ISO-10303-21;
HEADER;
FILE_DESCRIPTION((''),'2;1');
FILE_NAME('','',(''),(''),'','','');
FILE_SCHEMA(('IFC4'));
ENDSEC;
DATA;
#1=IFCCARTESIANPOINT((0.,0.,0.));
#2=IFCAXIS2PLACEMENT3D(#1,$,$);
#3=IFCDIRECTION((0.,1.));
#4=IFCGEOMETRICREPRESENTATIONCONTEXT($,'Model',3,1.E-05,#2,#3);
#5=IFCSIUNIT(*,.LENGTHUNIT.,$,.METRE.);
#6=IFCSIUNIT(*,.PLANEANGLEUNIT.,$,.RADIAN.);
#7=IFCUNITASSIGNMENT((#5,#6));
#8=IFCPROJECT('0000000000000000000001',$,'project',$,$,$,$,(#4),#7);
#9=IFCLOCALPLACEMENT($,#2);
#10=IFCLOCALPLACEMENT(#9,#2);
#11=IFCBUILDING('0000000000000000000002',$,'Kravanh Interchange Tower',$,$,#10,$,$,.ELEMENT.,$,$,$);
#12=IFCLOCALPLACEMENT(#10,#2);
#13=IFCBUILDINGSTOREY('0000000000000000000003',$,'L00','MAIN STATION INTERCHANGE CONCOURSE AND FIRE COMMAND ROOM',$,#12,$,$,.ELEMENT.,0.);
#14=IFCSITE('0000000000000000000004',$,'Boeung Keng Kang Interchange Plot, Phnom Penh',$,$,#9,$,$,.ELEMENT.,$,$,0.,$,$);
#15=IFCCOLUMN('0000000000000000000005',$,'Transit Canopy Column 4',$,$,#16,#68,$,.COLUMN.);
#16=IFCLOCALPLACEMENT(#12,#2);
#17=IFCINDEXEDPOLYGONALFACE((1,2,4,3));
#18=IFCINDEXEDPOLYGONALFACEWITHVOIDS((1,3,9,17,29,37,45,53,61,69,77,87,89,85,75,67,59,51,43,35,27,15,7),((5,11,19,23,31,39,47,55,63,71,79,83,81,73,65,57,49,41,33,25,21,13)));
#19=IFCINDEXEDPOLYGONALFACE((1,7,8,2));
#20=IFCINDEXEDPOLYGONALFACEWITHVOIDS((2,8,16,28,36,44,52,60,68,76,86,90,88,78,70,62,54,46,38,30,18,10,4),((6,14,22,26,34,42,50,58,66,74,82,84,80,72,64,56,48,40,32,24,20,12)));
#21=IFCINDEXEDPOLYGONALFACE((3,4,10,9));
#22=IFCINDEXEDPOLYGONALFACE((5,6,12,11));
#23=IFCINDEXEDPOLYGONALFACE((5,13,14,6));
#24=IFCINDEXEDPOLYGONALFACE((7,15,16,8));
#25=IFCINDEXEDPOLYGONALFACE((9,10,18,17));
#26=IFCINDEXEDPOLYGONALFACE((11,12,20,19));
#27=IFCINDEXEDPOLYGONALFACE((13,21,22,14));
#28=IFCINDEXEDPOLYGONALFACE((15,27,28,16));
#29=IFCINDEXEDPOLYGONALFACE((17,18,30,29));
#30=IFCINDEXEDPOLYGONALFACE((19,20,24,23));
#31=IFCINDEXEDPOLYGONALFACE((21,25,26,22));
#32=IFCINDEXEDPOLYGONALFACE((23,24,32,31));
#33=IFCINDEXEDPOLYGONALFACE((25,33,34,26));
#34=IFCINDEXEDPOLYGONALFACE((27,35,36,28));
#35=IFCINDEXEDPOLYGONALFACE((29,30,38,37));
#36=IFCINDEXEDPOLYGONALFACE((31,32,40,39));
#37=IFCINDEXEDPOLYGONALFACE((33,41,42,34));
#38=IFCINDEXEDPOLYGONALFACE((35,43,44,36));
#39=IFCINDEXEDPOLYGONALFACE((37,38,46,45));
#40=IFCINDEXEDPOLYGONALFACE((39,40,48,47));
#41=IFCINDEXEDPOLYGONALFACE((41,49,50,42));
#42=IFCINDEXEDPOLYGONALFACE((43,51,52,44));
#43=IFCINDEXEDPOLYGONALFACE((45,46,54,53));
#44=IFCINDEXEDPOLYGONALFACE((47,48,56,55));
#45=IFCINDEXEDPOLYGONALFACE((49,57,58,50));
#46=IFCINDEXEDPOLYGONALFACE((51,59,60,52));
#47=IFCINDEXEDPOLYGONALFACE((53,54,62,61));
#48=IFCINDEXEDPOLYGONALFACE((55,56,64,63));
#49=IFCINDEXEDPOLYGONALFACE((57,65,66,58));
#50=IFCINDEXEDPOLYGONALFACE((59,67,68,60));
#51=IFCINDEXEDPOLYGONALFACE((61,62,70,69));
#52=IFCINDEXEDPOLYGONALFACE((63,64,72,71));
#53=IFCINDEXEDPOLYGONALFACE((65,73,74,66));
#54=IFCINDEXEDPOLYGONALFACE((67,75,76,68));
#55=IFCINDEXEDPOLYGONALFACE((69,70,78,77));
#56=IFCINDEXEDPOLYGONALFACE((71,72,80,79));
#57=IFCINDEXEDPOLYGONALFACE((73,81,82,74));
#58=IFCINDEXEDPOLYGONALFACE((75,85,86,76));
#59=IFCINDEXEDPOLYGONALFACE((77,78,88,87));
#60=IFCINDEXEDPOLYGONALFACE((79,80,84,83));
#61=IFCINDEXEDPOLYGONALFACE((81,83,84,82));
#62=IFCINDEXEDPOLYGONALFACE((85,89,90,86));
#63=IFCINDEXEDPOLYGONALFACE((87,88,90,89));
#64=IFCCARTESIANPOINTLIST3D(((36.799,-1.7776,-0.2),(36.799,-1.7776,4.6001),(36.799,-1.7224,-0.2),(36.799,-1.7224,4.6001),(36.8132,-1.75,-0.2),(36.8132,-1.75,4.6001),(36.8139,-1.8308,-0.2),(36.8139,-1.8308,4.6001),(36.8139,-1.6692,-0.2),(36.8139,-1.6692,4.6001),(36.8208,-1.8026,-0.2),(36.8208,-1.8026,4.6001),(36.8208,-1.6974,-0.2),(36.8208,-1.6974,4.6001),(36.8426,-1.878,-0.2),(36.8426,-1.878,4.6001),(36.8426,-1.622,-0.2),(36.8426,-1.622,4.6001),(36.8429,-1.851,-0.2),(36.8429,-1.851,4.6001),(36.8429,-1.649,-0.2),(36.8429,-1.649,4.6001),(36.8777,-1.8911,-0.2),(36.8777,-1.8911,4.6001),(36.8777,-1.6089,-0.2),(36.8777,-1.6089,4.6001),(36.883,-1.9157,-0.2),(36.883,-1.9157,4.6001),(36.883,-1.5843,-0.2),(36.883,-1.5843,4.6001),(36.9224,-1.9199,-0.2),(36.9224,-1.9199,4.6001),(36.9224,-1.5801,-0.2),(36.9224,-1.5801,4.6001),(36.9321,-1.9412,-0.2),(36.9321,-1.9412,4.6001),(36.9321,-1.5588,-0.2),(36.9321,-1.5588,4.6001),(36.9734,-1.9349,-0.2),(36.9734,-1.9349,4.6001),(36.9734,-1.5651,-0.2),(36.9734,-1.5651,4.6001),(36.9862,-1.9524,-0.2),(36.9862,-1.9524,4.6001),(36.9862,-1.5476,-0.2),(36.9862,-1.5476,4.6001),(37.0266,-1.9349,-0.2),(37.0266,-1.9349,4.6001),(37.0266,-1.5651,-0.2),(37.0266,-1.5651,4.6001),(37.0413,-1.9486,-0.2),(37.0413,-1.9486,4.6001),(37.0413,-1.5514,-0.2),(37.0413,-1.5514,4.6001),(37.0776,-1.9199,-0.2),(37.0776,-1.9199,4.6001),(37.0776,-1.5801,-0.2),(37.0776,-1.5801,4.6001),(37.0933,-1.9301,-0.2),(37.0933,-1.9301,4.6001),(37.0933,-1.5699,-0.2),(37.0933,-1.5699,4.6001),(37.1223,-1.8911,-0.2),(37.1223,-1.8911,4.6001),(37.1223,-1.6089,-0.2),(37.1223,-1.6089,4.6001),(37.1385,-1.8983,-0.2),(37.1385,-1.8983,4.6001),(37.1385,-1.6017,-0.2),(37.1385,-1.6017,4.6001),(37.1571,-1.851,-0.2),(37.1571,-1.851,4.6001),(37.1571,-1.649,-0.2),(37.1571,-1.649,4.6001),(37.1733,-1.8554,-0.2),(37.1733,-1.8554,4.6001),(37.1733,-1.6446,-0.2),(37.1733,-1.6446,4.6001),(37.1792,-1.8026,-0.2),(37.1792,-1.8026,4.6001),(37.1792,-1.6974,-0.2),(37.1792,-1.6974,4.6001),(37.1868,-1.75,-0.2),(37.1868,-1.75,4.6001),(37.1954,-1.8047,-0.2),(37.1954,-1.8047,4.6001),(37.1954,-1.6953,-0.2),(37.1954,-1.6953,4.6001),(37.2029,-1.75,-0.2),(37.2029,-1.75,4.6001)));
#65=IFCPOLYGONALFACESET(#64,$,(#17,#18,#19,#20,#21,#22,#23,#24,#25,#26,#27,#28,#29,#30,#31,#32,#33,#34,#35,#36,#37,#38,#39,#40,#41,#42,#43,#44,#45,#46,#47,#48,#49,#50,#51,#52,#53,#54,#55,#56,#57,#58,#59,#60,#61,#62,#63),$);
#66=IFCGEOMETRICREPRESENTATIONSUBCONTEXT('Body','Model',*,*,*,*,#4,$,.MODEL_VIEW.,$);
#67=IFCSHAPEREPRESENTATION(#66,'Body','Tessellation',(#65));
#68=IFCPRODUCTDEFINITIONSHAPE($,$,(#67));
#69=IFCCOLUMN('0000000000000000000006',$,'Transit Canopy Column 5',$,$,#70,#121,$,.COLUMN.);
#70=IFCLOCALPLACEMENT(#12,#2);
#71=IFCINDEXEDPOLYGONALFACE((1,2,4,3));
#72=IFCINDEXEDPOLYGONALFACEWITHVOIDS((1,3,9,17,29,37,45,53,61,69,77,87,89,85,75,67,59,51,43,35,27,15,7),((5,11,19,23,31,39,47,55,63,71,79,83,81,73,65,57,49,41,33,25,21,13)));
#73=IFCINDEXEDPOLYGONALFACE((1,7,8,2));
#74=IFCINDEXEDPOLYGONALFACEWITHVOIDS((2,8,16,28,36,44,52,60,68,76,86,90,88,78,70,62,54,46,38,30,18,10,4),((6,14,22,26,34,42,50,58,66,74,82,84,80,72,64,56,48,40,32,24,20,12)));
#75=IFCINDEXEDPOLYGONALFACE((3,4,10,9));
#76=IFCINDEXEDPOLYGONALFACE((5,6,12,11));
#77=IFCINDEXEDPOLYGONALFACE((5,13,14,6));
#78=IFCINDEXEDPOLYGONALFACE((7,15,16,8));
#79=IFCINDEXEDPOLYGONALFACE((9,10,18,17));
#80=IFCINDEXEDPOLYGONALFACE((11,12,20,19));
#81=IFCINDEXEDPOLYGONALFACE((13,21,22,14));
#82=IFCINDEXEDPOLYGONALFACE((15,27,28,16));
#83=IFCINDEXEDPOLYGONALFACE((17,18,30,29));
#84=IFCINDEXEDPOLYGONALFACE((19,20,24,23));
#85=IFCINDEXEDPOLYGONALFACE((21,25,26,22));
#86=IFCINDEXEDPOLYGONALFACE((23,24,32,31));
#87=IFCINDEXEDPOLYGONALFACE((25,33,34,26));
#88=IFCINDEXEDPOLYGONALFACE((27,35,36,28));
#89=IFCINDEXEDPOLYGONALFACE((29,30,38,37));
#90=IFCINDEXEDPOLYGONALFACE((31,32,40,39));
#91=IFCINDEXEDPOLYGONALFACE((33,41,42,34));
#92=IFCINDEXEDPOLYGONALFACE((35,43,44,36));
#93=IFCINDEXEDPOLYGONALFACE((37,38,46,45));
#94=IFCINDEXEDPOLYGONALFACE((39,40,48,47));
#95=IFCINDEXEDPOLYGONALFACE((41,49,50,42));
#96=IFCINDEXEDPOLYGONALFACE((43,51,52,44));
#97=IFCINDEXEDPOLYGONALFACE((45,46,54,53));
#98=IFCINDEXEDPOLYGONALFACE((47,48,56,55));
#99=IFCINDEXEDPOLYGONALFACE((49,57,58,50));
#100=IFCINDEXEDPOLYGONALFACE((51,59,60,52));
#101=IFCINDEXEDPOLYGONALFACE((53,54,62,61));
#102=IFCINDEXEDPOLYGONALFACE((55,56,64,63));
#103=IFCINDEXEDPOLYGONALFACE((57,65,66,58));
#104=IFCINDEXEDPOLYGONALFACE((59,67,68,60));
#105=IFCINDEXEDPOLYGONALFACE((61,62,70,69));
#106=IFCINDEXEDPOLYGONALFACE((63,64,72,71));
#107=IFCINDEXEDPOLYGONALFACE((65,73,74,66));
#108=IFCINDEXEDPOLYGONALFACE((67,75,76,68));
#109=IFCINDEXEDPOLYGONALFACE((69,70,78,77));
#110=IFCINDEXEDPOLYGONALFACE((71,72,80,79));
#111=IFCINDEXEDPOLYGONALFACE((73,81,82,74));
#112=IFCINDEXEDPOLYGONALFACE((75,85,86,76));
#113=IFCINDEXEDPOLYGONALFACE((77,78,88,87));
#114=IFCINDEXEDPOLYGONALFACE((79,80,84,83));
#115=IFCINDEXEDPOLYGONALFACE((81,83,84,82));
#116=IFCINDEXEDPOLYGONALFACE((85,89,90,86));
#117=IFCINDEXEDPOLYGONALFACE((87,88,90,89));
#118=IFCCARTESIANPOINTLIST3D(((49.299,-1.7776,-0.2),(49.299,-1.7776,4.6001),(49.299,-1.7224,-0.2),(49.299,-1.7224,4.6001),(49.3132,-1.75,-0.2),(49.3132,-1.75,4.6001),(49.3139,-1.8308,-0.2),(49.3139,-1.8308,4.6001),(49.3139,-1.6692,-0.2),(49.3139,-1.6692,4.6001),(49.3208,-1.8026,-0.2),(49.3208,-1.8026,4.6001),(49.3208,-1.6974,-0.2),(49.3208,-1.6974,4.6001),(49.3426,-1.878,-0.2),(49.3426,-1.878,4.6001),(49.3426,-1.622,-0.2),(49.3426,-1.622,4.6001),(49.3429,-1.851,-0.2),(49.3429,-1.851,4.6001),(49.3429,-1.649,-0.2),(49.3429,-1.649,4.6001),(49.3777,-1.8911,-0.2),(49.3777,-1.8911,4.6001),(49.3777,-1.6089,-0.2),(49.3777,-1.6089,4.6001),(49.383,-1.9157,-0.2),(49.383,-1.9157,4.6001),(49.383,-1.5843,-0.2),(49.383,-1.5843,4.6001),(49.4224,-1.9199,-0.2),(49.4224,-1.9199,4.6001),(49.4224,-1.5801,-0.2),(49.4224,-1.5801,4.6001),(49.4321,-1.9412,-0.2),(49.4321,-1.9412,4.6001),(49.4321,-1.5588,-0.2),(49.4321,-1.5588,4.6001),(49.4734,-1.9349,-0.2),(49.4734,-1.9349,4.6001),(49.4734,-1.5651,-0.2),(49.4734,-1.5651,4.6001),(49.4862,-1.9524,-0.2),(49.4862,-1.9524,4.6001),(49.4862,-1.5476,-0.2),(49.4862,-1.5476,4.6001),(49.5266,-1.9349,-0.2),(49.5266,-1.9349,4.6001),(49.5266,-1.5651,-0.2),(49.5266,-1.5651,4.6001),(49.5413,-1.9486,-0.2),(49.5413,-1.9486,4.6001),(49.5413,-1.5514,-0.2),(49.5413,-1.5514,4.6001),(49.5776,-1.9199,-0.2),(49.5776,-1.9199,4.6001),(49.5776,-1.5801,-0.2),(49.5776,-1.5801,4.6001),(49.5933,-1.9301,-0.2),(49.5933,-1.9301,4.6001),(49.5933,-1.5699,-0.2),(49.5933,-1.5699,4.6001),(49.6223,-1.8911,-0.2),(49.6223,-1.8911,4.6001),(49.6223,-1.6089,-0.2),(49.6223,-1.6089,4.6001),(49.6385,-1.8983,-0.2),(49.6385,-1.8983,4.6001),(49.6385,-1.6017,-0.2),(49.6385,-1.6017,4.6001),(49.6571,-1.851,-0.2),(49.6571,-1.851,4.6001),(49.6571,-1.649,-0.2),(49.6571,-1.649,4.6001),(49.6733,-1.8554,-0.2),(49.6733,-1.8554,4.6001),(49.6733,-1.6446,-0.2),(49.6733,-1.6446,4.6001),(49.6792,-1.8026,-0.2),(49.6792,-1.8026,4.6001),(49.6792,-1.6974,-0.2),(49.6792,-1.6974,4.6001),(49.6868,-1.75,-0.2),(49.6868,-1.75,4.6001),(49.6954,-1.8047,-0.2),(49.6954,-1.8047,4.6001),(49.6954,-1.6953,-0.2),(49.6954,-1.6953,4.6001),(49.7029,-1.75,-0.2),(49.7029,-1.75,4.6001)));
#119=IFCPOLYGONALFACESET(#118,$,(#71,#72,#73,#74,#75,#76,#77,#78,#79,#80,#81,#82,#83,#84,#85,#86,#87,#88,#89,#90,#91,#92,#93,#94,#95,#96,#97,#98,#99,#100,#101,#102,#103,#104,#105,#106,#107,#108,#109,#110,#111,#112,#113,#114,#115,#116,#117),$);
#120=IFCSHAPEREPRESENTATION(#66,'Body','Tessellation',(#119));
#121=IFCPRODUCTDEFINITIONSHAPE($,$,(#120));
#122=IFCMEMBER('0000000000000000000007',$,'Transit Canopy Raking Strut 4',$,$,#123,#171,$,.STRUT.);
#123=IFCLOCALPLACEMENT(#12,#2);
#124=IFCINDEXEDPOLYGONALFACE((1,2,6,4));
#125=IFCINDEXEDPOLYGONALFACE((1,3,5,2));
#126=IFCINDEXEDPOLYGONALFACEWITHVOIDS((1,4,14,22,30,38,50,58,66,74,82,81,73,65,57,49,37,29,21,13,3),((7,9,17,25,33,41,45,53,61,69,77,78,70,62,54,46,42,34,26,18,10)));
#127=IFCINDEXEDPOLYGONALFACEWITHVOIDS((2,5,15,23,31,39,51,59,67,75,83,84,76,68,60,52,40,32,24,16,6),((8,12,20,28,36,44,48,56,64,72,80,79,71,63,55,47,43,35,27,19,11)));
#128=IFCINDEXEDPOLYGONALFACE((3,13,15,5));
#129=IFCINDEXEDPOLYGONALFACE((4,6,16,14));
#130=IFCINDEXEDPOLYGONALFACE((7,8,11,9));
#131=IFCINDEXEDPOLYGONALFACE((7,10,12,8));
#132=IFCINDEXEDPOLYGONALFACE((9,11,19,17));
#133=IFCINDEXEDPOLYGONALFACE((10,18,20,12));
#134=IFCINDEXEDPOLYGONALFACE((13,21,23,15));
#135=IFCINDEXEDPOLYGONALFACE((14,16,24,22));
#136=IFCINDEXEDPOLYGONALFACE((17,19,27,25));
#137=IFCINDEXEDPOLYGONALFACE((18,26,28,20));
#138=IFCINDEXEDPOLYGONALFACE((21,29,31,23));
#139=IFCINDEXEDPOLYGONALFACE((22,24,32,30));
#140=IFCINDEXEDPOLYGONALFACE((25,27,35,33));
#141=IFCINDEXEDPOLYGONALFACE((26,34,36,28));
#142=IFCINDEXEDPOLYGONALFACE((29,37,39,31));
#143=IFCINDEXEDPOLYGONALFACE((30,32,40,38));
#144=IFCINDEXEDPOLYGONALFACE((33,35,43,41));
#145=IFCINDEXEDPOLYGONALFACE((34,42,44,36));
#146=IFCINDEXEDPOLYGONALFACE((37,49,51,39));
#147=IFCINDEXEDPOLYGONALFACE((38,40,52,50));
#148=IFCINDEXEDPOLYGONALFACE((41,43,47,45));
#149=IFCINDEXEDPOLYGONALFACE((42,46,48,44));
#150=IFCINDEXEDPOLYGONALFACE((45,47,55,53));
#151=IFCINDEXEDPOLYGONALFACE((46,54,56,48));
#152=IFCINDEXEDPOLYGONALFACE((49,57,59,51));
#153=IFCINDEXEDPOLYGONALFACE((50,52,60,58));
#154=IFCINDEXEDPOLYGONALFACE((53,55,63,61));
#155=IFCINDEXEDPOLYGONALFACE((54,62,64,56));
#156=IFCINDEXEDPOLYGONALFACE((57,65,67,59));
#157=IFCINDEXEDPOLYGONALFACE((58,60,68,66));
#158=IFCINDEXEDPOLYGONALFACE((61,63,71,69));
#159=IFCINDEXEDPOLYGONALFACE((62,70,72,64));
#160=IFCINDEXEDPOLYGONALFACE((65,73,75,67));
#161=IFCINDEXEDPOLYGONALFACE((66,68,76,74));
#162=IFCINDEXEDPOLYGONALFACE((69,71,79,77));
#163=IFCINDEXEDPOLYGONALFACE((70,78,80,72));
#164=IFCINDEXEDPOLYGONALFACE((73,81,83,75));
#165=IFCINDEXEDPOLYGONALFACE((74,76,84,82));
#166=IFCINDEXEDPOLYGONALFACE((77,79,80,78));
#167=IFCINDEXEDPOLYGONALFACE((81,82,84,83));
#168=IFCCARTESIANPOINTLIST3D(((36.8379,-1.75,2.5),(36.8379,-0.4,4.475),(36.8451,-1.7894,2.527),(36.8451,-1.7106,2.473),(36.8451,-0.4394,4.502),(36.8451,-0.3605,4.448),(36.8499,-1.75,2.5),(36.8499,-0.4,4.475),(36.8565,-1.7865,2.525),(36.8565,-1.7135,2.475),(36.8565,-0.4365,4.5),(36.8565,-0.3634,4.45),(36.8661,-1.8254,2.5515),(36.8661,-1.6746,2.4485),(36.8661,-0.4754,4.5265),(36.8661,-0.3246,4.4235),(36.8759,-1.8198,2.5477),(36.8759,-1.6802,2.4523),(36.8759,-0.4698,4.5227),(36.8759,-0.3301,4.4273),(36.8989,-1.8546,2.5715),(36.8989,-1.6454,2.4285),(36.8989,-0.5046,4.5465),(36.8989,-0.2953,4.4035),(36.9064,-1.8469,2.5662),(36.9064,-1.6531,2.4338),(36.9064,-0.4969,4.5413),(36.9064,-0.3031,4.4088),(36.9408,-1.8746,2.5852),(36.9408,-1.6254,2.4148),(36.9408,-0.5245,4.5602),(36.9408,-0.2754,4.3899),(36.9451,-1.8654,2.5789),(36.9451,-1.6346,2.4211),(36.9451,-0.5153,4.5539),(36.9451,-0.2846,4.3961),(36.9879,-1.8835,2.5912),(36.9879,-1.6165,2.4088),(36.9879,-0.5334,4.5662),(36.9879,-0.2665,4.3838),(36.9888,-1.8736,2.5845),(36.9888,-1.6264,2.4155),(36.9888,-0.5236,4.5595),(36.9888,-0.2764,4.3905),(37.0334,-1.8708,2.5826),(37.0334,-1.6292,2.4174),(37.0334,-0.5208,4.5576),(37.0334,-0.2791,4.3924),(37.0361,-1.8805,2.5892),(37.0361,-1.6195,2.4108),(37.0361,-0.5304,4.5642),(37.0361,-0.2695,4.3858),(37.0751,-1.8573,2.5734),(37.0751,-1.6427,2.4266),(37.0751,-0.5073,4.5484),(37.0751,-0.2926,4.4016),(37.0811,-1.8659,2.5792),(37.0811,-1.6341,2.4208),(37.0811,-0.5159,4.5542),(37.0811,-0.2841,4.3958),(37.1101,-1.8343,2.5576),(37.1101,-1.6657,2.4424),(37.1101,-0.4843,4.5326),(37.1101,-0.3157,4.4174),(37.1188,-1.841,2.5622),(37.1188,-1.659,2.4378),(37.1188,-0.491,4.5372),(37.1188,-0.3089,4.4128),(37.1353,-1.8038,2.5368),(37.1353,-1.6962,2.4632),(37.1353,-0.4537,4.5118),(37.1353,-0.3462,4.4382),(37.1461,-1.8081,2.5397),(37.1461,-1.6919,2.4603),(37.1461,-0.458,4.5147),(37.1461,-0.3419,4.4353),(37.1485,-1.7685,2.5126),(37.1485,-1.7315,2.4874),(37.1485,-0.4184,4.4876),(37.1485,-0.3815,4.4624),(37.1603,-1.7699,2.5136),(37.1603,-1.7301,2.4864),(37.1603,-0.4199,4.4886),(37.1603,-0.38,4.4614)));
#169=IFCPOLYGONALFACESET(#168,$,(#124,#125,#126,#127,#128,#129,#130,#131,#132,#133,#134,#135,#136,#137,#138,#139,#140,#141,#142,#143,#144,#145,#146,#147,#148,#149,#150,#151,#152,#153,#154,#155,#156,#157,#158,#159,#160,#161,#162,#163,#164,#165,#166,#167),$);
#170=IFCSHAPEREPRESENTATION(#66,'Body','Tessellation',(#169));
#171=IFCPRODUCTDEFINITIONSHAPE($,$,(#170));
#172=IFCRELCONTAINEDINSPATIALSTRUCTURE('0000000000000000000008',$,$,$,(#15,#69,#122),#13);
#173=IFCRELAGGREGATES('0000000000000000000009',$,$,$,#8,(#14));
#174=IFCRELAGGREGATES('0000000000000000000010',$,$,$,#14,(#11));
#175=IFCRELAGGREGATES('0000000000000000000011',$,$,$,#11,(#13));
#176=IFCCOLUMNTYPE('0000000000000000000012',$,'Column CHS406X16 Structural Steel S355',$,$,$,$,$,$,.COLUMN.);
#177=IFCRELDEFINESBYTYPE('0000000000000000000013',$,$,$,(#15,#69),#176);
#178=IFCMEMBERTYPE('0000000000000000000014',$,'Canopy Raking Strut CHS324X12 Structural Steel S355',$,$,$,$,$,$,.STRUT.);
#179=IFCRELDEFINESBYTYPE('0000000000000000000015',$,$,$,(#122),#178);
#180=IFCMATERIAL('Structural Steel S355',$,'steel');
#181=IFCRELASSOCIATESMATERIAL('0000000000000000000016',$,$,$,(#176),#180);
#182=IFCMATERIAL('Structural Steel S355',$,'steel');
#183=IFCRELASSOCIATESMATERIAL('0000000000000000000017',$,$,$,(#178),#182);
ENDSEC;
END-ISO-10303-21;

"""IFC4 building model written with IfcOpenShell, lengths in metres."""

from ifc_helpers import new_model, si_unit, direction, frame, origin, origin_2d, place, context, subcontext, project, spatial, hollow_circle, extrude, material, material_profile, profile_set, type_object, element, save


model = new_model("IFC4")

# Units and contexts
model_context = context("Model", 3, precision=1e-05, world=origin(), true_north=direction((0.0, 1.0)))
body_context = subcontext(model_context, "Body", "Model", "MODEL_VIEW")
ifc_project = project(units=[si_unit("LENGTHUNIT", "METRE"), si_unit("PLANEANGLEUNIT", "RADIAN")], contexts=[model_context])

# Site, building, storey
site_placement = place(None, origin())
site = spatial("IfcSite", under=ifc_project, at=site_placement, Name="Boeung Keng Kang Interchange Plot, Phnom Penh", CompositionType="ELEMENT", RefElevation=0.0)
building_placement = place(site_placement, origin())
building = spatial("IfcBuilding", under=site, at=building_placement, Name="Kravanh Interchange Tower", CompositionType="ELEMENT")
storey_placement = place(building_placement, origin())
storey = spatial("IfcBuildingStorey", under=building, at=storey_placement, Name="L00", Description="MAIN STATION INTERCHANGE CONCOURSE AND FIRE COMMAND ROOM", CompositionType="ELEMENT", Elevation=0.0)

# Columns
ifc_material_1 = material(Name="Structural Steel S355", Category="steel")
ifc_material_profile_1 = material_profile(ifc_material_1, hollow_circle(Radius=0.2029, WallThickness=0.0161, at=origin_2d()), Name="CHS406X16")
ifc_profile_set_1 = profile_set([ifc_material_profile_1], Name="Structural Steel S355")
column_type = type_object("IfcColumnType", Name="Column CHS406X16 Structural Steel S355", PredefinedType="COLUMN", material=ifc_profile_set_1)
for number, where, z_axis, x_axis, name in (
    (1, (37.0, -1.75, -0.2), (0.0, 0.0, 1.0), (1.0, 0.0, 0.0), "Transit Canopy Column 4"),
    (2, (49.5, -1.75, -0.2), (0.0, 0.0, 1.0), (1.0, 0.0, 0.0), "Transit Canopy Column 5"),
):
    element("IfcColumn", number, at=place(storey_placement, frame(where, z_axis=z_axis, x_axis=x_axis)), inside=storey, type_object=column_type, Name=name, PredefinedType="COLUMN", context=body_context, shape_type="SweptSolid", body=[
        extrude(hollow_circle(Radius=0.2029, WallThickness=0.0161, at=origin_2d()), origin(), (0.0, 0.0, 1.0), 4.8),
    ])

# Member
ifc_material_2 = material(Name="Structural Steel S355", Category="steel")
ifc_material_profile_2 = material_profile(ifc_material_2, hollow_circle(Radius=0.1621, WallThickness=0.012, at=origin_2d()), Name="CHS324X12")
ifc_profile_set_2 = profile_set([ifc_material_profile_2], Name="Structural Steel S355")
member_type_1 = type_object("IfcMemberType", Name="Canopy Raking Strut CHS324X12 Structural Steel S355", PredefinedType="STRUT", material=ifc_profile_set_2)
for number, where, z_axis, x_axis, name in (
    (3, (37.0, -1.75, 2.5), (0.0, 0.564318, 0.825557), (-1.0, 0.0, 0.0), "Transit Canopy Raking Strut 4"),
):
    element("IfcMember", number, at=place(storey_placement, frame(where, z_axis=z_axis, x_axis=x_axis)), inside=storey, type_object=member_type_1, Name=name, PredefinedType="STRUT", context=body_context, shape_type="SweptSolid", body=[
        extrude(hollow_circle(Radius=0.1621, WallThickness=0.012, at=origin_2d()), origin(), (0.0, 0.0, 1.0), 2.3923),
    ])

save(model, "model.ifc")
